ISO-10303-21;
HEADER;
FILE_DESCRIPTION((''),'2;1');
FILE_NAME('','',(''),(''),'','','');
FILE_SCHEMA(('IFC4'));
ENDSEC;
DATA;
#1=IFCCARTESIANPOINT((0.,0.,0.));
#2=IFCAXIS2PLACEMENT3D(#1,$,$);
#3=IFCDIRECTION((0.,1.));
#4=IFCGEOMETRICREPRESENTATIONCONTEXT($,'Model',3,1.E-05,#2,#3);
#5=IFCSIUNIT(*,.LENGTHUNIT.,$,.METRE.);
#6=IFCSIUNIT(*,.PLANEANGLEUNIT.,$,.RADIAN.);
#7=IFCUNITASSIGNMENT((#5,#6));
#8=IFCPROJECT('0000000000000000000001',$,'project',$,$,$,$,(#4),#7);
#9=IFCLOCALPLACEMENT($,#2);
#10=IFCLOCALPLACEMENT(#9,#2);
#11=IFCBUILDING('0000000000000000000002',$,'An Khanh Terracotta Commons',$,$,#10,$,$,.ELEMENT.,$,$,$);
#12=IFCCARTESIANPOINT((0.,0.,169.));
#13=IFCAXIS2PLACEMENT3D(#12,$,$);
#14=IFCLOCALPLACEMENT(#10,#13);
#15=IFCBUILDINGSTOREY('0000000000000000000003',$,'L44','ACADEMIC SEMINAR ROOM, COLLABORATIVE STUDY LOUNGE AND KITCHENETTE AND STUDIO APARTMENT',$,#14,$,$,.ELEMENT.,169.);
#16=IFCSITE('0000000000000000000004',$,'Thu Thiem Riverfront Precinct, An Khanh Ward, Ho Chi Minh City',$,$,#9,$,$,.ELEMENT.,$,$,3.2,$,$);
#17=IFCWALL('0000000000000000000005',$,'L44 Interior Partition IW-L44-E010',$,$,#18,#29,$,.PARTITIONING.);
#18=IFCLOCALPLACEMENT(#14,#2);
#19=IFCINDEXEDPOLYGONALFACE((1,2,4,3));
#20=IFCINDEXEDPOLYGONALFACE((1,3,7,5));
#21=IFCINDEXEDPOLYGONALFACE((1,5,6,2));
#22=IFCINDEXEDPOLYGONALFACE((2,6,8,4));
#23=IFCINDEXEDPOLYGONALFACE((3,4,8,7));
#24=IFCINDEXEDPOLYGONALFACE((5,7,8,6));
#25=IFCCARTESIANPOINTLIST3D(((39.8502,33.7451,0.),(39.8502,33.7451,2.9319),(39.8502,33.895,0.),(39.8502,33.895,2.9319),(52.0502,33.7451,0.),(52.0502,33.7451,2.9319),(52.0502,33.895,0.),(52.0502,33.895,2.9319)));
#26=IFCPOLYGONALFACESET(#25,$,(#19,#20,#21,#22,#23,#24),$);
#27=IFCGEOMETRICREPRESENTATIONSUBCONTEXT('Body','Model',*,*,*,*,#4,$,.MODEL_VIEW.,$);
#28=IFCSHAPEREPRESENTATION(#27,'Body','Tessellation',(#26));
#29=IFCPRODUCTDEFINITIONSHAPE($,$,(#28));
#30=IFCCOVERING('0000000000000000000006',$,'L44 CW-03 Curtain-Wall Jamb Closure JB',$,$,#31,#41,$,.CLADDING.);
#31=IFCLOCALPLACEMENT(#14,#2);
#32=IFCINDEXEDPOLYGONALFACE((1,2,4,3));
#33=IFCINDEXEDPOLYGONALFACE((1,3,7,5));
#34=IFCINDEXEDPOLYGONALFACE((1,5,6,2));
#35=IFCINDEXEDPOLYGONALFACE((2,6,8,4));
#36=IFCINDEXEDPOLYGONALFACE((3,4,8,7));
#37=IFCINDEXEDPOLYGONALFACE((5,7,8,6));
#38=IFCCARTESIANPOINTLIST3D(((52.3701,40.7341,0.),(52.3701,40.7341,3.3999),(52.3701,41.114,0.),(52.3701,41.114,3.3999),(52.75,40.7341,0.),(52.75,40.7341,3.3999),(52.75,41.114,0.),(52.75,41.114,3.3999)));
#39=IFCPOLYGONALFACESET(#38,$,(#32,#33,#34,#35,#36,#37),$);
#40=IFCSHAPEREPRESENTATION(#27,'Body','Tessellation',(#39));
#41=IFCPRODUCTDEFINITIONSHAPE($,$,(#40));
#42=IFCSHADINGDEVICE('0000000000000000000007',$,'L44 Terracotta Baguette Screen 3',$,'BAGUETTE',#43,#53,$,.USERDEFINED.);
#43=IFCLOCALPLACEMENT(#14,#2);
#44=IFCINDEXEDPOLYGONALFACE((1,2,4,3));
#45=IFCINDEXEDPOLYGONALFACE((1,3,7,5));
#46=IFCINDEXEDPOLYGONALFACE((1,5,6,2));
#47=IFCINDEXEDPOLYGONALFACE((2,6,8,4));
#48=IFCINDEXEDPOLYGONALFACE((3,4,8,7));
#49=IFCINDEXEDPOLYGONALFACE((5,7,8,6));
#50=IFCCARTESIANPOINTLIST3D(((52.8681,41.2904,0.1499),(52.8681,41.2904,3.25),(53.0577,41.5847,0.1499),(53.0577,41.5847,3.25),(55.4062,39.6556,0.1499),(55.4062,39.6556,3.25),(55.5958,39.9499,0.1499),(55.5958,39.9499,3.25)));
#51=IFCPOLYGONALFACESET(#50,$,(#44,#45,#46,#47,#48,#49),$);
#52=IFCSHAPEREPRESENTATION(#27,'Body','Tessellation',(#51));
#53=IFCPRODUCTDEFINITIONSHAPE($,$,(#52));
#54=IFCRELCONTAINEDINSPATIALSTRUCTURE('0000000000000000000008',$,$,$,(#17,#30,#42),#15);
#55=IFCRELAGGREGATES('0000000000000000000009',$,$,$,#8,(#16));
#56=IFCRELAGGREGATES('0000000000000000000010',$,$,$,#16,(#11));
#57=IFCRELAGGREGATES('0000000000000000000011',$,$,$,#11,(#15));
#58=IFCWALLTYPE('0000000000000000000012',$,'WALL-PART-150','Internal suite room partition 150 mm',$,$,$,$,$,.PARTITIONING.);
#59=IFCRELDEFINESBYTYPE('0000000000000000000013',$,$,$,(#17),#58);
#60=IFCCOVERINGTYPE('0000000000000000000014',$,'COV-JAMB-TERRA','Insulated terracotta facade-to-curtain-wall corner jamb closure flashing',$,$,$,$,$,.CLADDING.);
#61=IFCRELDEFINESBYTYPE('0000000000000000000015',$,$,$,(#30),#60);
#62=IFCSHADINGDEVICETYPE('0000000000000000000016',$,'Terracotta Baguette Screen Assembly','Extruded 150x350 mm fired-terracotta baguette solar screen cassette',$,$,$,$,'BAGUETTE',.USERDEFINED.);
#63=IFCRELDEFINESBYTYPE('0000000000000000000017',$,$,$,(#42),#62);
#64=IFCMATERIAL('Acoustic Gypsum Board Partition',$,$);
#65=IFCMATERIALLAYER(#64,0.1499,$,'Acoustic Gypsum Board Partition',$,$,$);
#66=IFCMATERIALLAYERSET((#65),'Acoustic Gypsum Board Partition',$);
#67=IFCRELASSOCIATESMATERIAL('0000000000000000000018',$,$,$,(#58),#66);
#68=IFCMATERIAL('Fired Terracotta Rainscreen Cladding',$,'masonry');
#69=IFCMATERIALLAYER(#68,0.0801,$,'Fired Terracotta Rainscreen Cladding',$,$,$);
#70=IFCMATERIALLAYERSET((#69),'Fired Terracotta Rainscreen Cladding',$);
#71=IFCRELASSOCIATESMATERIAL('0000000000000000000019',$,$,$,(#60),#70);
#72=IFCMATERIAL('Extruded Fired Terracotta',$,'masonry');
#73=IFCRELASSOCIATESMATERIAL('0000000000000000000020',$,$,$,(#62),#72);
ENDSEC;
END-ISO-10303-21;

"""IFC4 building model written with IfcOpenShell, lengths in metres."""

from ifc_helpers import new_model, si_unit, direction, frame, frame_2d, origin, origin_2d, place, context, subcontext, project, spatial, rectangle, extrude, material, layer, layer_set, type_object, element, save


model = new_model("IFC4")

# Units and contexts
model_context = context("Model", 3, precision=1e-05, world=origin(), true_north=direction((0.0, 1.0)))
body_context = subcontext(model_context, "Body", "Model", "MODEL_VIEW")
ifc_project = project(units=[si_unit("LENGTHUNIT", "METRE"), si_unit("PLANEANGLEUNIT", "RADIAN")], contexts=[model_context])

# Site, building, storey
site_placement = place(None, origin())
site = spatial("IfcSite", under=ifc_project, at=site_placement, Name="Thu Thiem Riverfront Precinct, An Khanh Ward, Ho Chi Minh City", CompositionType="ELEMENT", RefElevation=3.2)
building_placement = place(site_placement, origin())
building = spatial("IfcBuilding", under=site, at=building_placement, Name="An Khanh Terracotta Commons", CompositionType="ELEMENT")
storey_placement = place(building_placement, frame((0.0, 0.0, 169.0)))
storey = spatial("IfcBuildingStorey", under=building, at=storey_placement, Name="L44", Description="ACADEMIC SEMINAR ROOM, COLLABORATIVE STUDY LOUNGE AND KITCHENETTE AND STUDIO APARTMENT", CompositionType="ELEMENT", Elevation=169.0)

# Wall
ifc_material_1 = material(Name="Acoustic Gypsum Board Partition")
ifc_layer_1 = layer(ifc_material_1, 0.1499, Name="Acoustic Gypsum Board Partition")
ifc_layer_set_1 = layer_set([ifc_layer_1], Name="Acoustic Gypsum Board Partition")
wall_type_1 = type_object("IfcWallType", Name="WALL-PART-150", Description="Internal suite room partition 150 mm", PredefinedType="PARTITIONING", material=ifc_layer_set_1)
wall_1_placement = place(storey_placement, frame((39.8501, 33.8201, 0.0), z_axis=(0.0, 0.0, 1.0), x_axis=(1.0, 0.0, 0.0)))
element("IfcWall", 1, at=wall_1_placement, inside=storey, type_object=wall_type_1, Name="L44 Interior Partition IW-L44-E010", PredefinedType="PARTITIONING", context=body_context, shape_type="SweptSolid", body=[
    extrude(rectangle(XDim=12.2, YDim=0.1499, at=frame_2d((6.1001, 0.0))), origin(), (0.0, 0.0, 1.0), 2.9319),
])

# Covering
ifc_material_2 = material(Name="Fired Terracotta Rainscreen Cladding", Category="masonry")
ifc_layer_2 = layer(ifc_material_2, 0.0801, Name="Fired Terracotta Rainscreen Cladding")
ifc_layer_set_2 = layer_set([ifc_layer_2], Name="Fired Terracotta Rainscreen Cladding")
covering_type = type_object("IfcCoveringType", Name="COV-JAMB-TERRA", Description="Insulated terracotta facade-to-curtain-wall corner jamb closure flashing", PredefinedType="CLADDING", material=ifc_layer_set_2)
covering_placement = place(storey_placement, frame((52.5601, 40.9241, 0.0), z_axis=(0.0, 0.0, 1.0), x_axis=(1.0, 0.0, 0.0)))
element("IfcCovering", 2, at=covering_placement, inside=storey, type_object=covering_type, Name="L44 CW-03 Curtain-Wall Jamb Closure JB", PredefinedType="CLADDING", context=body_context, shape_type="SweptSolid", body=[
    extrude(rectangle(XDim=0.3799, YDim=0.3799, at=origin_2d()), origin(), (0.0, 0.0, 1.0), 3.3999),
])

# Shading device
ifc_material_3 = material(Name="Extruded Fired Terracotta", Category="masonry")
shading_device_type = type_object("IfcShadingDeviceType", Name="Terracotta Baguette Screen Assembly", Description="Extruded 150x350 mm fired-terracotta baguette solar screen cassette", ElementType="BAGUETTE", PredefinedType="USERDEFINED", material=ifc_material_3)
shading_device_placement = place(storey_placement, frame((54.2319, 40.6201, 0.1499), z_axis=(0.0, 0.0, 1.0), x_axis=(-0.840702, 0.541498, 0.0)))
element("IfcShadingDevice", 3, at=shading_device_placement, inside=storey, type_object=shading_device_type, Name="L44 Terracotta Baguette Screen 3", ObjectType="BAGUETTE", PredefinedType="USERDEFINED", context=body_context, shape_type="SweptSolid", body=[
    extrude(rectangle(XDim=3.019, YDim=0.3501, at=origin_2d()), origin(), (0.0, 0.0, 1.0), 3.1001),
])

save(model, "model.ifc")
